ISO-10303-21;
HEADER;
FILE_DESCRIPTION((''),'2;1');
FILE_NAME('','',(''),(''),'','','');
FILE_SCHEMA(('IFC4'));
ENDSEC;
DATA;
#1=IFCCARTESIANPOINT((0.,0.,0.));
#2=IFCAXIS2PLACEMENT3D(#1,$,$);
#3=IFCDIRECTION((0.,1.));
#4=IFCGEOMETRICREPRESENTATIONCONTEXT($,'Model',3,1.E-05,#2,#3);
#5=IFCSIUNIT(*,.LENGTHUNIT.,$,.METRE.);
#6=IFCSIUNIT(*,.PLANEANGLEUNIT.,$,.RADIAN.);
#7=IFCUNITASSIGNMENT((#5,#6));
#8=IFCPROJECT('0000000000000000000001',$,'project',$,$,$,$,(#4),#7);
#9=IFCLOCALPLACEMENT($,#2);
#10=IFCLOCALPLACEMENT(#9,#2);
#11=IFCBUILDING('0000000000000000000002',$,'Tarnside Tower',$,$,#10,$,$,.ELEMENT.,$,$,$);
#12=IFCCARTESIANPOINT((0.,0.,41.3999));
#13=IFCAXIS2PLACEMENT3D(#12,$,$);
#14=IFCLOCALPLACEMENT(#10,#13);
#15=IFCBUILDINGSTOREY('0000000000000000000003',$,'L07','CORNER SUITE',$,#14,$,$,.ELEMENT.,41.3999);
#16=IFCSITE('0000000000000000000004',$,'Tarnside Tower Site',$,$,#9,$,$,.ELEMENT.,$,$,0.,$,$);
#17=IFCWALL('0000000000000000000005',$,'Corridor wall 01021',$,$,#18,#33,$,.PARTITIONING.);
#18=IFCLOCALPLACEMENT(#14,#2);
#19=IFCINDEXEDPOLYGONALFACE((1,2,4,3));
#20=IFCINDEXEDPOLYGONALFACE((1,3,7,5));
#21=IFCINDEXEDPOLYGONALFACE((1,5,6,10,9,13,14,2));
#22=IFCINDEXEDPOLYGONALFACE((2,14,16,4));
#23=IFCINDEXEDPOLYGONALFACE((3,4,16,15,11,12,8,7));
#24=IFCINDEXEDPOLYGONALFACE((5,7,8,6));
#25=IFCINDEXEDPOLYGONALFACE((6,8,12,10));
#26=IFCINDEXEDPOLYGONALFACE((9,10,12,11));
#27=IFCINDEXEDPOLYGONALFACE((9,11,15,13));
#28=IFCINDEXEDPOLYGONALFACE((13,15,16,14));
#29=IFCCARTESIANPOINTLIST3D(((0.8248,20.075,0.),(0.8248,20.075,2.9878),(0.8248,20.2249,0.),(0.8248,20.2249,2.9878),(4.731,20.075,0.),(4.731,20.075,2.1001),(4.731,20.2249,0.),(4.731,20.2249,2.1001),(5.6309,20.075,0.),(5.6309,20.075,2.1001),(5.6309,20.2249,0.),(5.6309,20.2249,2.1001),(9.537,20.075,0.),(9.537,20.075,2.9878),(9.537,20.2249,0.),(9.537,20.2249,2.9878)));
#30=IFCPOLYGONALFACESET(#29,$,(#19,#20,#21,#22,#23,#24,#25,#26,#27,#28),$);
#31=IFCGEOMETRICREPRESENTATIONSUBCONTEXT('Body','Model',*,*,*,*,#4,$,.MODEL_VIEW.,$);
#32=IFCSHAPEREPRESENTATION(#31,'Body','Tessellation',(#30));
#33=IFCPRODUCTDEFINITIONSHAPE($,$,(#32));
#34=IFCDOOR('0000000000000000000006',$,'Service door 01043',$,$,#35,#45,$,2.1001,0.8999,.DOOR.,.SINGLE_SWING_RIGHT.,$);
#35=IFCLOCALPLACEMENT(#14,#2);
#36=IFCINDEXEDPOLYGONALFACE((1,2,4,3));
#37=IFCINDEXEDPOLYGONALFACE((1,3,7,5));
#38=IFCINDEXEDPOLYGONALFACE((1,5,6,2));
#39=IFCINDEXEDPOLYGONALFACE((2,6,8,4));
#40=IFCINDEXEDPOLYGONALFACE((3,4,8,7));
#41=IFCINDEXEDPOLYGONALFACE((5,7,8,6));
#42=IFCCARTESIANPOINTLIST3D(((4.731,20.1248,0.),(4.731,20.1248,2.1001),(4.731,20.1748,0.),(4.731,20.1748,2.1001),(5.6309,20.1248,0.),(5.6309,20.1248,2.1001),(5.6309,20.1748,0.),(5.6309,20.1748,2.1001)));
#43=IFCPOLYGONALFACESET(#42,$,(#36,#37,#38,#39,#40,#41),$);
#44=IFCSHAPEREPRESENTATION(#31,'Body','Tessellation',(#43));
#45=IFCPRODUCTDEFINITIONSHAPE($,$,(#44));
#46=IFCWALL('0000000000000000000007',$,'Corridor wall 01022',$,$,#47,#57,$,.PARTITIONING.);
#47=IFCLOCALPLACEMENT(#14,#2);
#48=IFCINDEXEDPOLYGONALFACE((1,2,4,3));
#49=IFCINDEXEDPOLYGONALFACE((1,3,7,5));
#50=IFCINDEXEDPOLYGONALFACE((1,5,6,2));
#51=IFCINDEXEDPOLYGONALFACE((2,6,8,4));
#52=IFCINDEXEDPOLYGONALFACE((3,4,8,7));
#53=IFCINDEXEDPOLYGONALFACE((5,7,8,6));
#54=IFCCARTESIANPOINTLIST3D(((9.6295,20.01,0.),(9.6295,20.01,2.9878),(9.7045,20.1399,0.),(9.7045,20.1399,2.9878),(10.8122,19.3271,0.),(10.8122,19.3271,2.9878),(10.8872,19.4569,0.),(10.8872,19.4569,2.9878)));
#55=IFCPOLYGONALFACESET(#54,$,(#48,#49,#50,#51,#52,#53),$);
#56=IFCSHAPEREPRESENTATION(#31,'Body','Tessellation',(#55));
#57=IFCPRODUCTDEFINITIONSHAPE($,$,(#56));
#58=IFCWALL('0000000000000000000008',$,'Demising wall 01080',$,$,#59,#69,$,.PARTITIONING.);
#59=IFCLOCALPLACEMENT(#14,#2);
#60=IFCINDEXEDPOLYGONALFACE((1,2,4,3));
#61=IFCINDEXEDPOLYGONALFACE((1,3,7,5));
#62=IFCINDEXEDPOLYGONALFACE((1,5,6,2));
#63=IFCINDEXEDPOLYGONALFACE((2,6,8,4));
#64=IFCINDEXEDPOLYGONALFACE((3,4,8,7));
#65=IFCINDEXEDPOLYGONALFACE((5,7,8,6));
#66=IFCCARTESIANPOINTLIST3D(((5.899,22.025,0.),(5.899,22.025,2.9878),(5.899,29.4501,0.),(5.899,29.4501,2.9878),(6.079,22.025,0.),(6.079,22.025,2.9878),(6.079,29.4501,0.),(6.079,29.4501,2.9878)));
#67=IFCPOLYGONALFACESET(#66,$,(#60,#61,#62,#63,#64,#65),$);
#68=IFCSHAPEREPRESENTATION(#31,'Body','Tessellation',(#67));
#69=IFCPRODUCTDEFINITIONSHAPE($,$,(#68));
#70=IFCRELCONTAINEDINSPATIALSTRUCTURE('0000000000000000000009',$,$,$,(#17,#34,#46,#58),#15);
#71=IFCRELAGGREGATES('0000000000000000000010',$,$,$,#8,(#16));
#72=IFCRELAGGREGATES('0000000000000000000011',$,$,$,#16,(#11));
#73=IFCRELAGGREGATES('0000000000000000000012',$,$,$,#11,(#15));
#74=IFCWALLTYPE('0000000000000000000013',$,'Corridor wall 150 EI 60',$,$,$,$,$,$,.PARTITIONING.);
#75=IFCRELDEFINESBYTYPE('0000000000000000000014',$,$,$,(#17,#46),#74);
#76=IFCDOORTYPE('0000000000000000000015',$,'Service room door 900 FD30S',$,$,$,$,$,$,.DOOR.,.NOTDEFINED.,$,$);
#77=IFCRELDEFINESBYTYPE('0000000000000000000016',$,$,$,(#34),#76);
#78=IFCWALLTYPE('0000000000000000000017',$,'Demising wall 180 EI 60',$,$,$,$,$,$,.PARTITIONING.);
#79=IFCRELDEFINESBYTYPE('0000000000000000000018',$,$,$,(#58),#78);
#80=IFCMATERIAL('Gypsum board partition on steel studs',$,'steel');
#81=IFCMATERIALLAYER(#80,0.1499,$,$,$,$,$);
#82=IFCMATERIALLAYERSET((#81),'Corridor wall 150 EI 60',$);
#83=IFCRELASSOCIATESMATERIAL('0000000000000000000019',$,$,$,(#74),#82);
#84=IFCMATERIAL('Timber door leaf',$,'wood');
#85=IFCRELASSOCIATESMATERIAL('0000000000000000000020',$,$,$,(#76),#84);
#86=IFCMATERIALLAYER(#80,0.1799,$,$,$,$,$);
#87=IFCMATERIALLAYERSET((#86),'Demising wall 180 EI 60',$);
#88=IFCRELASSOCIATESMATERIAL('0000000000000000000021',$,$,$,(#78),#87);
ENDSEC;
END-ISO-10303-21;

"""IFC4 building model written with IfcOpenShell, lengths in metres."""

from ifc_helpers import new_model, si_unit, direction, frame, frame_2d, origin, place, context, subcontext, project, spatial, rectangle, extrude, material, layer, layer_set, type_object, element, fill, save


model = new_model("IFC4")

# Units and contexts
model_context = context("Model", 3, precision=1e-05, world=origin(), true_north=direction((0.0, 1.0)))
body_context = subcontext(model_context, "Body", "Model", "MODEL_VIEW")
ifc_project = project(units=[si_unit("LENGTHUNIT", "METRE"), si_unit("PLANEANGLEUNIT", "RADIAN")], contexts=[model_context])

# Site, building, storey
site_placement = place(None, origin())
site = spatial("IfcSite", under=ifc_project, at=site_placement, Name="Tarnside Tower Site", CompositionType="ELEMENT", RefElevation=0.0)
building_placement = place(site_placement, origin())
building = spatial("IfcBuilding", under=site, at=building_placement, Name="Tarnside Tower", CompositionType="ELEMENT")
storey_placement = place(building_placement, frame((0.0, 0.0, 41.3999)))
storey = spatial("IfcBuildingStorey", under=building, at=storey_placement, Name="L07", Description="CORNER SUITE", CompositionType="ELEMENT", Elevation=41.3999)

# Shared definitions
ifc_material_1 = material(Name="Gypsum board partition on steel studs", Category="steel")
ifc_material_2 = material(Name="Timber door leaf", Category="wood")

# Wall, opening, door
ifc_layer_1 = layer(ifc_material_1, 0.1499)
ifc_layer_set_1 = layer_set([ifc_layer_1], Name="Corridor wall 150 EI 60")
wall_type_1 = type_object("IfcWallType", Name="Corridor wall 150 EI 60", PredefinedType="PARTITIONING", material=ifc_layer_set_1)
wall_1_placement = place(storey_placement, frame((0.825, 20.1499, 0.0), z_axis=(0.0, 0.0, 1.0), x_axis=(1.0, 0.0, 0.0)))
wall_1 = element("IfcWall", 1, at=wall_1_placement, inside=storey, type_object=wall_type_1, Name="Corridor wall 01021", PredefinedType="PARTITIONING", context=body_context, shape_type="SweptSolid", body=[
    extrude(rectangle(XDim=8.7122, YDim=0.1499, at=frame_2d((4.356, 0.0))), origin(), (0.0, 0.0, 1.0), 2.9878),
])
opening_1_placement = place(wall_1_placement, frame((3.906, 0.0, 0.0)))
opening_1 = element("IfcOpeningElement", 2, at=opening_1_placement, cuts=wall_1, PredefinedType="OPENING", context=body_context, shape_type="SweptSolid", body=[
    extrude(rectangle(XDim=0.8999, YDim=2.1001, at=frame_2d((0.45, 1.05))), frame((0.0, 0.085, 0.0), z_axis=(0.0, -1.0, 0.0), x_axis=(1.0, 0.0, 0.0)), (0.0, 0.0, 1.0), 0.1699),
])
door_type_1 = type_object("IfcDoorType", Name="Service room door 900 FD30S", OperationType="NOTDEFINED", PredefinedType="DOOR", material=ifc_material_2)
door_1_placement = place(opening_1_placement, origin())
door_1 = element("IfcDoor", 3, at=door_1_placement, inside=storey, type_object=door_type_1, Name="Service door 01043", OperationType="SINGLE_SWING_RIGHT", OverallHeight=2.1001, OverallWidth=0.8999, PredefinedType="DOOR", context=body_context, shape_type="SweptSolid", body=[
    extrude(rectangle(XDim=0.8999, YDim=2.1001, at=frame_2d((0.45, 1.05))), frame((0.0, 0.0249, 0.0), z_axis=(0.0, -1.0, 0.0), x_axis=(1.0, 0.0, 0.0)), (0.0, 0.0, 1.0), 0.05),
])
fill(opening_1, door_1)

# Walls
wall_2_placement = place(storey_placement, frame((9.667, 20.075, 0.0), z_axis=(0.0, 0.0, 1.0), x_axis=(0.866001, -0.500042, 0.0)))
element("IfcWall", 4, at=wall_2_placement, inside=storey, type_object=wall_type_1, Name="Corridor wall 01022", PredefinedType="PARTITIONING", context=body_context, shape_type="SweptSolid", body=[
    extrude(rectangle(XDim=1.3657, YDim=0.1499, at=frame_2d((0.6829, 0.0))), origin(), (0.0, 0.0, 1.0), 2.9878),
])
ifc_layer_2 = layer(ifc_material_1, 0.1799)
ifc_layer_set_2 = layer_set([ifc_layer_2], Name="Demising wall 180 EI 60")
wall_type_2 = type_object("IfcWallType", Name="Demising wall 180 EI 60", PredefinedType="PARTITIONING", material=ifc_layer_set_2)
wall_3_placement = place(storey_placement, frame((5.989, 29.45, 0.0), z_axis=(0.0, 0.0, 1.0), x_axis=(0.0, -1.0, 0.0)))
element("IfcWall", 5, at=wall_3_placement, inside=storey, type_object=wall_type_2, Name="Demising wall 01080", PredefinedType="PARTITIONING", context=body_context, shape_type="SweptSolid", body=[
    extrude(rectangle(XDim=7.425, YDim=0.1799, at=frame_2d((3.7124, 0.0))), origin(), (0.0, 0.0, 1.0), 2.9878),
])

save(model, "model.ifc")
